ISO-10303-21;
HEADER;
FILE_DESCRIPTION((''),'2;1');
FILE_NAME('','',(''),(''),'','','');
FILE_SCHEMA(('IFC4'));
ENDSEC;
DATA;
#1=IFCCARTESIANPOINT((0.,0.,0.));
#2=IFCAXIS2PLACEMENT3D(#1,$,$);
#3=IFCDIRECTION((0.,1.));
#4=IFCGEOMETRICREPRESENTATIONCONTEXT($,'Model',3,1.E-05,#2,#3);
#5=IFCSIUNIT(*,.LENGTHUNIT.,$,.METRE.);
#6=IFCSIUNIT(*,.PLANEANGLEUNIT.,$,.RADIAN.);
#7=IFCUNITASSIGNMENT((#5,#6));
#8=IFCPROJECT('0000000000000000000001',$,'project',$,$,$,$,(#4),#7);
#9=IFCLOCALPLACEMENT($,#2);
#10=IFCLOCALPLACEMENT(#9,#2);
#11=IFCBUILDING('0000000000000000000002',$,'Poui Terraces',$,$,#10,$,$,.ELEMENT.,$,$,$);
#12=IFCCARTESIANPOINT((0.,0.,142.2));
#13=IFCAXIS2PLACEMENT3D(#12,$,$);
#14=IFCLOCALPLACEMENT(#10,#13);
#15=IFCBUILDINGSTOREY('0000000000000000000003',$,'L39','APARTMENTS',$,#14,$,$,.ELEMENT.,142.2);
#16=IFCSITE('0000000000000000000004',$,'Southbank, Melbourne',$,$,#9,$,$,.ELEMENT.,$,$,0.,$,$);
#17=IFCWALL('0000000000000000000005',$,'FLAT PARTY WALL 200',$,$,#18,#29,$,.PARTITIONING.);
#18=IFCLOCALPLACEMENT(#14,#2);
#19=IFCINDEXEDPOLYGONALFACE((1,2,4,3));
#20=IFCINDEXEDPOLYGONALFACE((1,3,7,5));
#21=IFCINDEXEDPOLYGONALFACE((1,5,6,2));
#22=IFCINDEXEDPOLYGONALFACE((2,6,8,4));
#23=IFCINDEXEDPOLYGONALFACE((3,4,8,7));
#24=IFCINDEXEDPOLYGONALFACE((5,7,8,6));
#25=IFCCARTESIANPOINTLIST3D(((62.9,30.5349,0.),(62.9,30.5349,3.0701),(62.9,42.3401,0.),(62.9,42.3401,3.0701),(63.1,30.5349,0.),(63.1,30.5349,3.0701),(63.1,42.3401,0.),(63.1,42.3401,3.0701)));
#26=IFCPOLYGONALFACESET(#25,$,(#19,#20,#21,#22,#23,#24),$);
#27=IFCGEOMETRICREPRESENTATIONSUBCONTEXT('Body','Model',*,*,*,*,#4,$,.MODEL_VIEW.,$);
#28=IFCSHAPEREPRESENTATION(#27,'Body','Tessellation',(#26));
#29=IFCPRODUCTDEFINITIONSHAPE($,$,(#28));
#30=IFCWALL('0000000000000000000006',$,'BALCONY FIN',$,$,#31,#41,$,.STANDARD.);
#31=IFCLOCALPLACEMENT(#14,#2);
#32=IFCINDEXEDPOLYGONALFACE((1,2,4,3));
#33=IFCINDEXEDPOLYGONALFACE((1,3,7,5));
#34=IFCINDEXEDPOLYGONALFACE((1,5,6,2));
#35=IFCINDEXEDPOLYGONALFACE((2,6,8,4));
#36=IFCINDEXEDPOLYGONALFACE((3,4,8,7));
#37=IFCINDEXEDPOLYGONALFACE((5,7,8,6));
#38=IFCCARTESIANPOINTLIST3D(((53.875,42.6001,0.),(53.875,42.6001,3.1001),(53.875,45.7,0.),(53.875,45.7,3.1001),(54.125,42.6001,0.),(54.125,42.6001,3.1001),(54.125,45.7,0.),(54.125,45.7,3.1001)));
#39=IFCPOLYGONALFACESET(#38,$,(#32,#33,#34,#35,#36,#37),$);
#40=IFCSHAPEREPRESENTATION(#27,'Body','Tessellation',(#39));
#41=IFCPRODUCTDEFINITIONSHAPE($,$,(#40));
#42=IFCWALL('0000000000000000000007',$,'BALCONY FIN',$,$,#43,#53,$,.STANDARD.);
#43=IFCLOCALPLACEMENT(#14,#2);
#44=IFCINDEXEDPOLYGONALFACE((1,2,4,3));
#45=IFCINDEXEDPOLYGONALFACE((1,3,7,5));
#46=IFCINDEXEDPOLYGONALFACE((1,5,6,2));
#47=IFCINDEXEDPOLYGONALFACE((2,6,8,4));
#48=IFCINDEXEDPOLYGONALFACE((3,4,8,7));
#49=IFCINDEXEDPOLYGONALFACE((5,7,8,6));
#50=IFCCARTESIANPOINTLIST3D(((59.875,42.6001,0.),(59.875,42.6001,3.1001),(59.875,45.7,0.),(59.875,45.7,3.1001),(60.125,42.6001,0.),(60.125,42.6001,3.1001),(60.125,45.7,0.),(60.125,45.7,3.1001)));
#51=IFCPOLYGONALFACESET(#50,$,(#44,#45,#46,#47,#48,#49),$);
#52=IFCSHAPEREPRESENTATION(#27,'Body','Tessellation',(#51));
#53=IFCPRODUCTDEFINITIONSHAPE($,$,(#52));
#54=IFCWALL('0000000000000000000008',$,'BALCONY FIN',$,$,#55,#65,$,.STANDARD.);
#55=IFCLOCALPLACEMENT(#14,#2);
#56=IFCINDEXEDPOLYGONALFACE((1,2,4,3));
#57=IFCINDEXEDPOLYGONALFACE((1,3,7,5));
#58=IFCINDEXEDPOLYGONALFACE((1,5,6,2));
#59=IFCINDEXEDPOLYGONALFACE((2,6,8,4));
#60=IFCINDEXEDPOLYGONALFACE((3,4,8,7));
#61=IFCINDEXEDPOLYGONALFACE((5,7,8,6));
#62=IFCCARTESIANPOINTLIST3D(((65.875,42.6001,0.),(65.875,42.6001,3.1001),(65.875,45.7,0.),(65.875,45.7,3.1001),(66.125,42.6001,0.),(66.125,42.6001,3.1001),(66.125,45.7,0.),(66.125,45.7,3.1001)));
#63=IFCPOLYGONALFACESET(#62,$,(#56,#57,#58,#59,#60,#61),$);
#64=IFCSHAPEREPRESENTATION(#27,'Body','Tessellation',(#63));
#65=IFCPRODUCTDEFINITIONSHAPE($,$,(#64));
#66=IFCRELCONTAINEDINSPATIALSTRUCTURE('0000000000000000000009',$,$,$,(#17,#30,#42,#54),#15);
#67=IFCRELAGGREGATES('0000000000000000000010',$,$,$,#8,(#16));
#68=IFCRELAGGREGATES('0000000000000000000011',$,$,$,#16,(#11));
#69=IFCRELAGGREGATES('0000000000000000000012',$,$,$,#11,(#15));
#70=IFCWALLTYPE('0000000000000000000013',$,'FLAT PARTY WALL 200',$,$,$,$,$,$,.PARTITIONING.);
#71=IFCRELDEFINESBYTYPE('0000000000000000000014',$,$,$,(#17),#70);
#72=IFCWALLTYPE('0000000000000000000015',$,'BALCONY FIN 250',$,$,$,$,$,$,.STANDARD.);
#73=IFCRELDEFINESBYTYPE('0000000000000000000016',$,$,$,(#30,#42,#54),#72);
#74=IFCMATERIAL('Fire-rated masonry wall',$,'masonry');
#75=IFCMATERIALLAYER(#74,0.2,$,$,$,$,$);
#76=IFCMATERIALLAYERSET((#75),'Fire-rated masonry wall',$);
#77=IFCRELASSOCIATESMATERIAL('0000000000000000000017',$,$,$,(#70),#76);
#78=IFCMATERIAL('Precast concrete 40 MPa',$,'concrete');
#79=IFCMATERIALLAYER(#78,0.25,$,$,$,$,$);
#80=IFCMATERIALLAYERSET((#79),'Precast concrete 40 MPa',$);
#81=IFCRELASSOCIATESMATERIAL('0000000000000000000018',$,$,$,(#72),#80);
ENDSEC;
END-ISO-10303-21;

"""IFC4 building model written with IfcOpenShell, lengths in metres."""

from ifc_helpers import new_model, si_unit, direction, frame, frame_2d, origin, place, context, subcontext, project, spatial, polyline, rectangle, outline, extrude, source, transform, mapped, material, layer, layer_set, type_object, element, save


model = new_model("IFC4")

# Units and contexts
model_context = context("Model", 3, precision=1e-05, world=origin(), true_north=direction((0.0, 1.0)))
body_context = subcontext(model_context, "Body", "Model", "MODEL_VIEW")
ifc_project = project(units=[si_unit("LENGTHUNIT", "METRE"), si_unit("PLANEANGLEUNIT", "RADIAN")], contexts=[model_context])

# Site, building, storey
site_placement = place(None, origin())
site = spatial("IfcSite", under=ifc_project, at=site_placement, Name="Southbank, Melbourne", CompositionType="ELEMENT", RefElevation=0.0)
building_placement = place(site_placement, origin())
building = spatial("IfcBuilding", under=site, at=building_placement, Name="Poui Terraces", CompositionType="ELEMENT")
storey_placement = place(building_placement, frame((0.0, 0.0, 142.2)))
storey = spatial("IfcBuildingStorey", under=building, at=storey_placement, Name="L39", Description="APARTMENTS", CompositionType="ELEMENT", Elevation=142.2)

# Walls
ifc_material_1 = material(Name="Fire-rated masonry wall", Category="masonry")
ifc_layer_1 = layer(ifc_material_1, 0.2)
ifc_layer_set_1 = layer_set([ifc_layer_1], Name="Fire-rated masonry wall")
wall_type_1 = type_object("IfcWallType", Name="FLAT PARTY WALL 200", PredefinedType="PARTITIONING", material=ifc_layer_set_1)
wall_1_placement = place(storey_placement, frame((63.0, 30.5349, 0.0), z_axis=(0.0, 0.0, 1.0), x_axis=(0.0, 1.0, 0.0)))
element("IfcWall", 1, at=wall_1_placement, inside=storey, type_object=wall_type_1, Name="FLAT PARTY WALL 200", PredefinedType="PARTITIONING", context=body_context, shape_type="SweptSolid", body=[
    extrude(rectangle(XDim=11.8052, YDim=0.2, at=frame_2d((5.9026, 0.0))), origin(), (0.0, 0.0, 1.0), 3.0701),
])
ifc_material_2 = material(Name="Precast concrete 40 MPa", Category="concrete")
ifc_layer_2 = layer(ifc_material_2, 0.25)
ifc_layer_set_2 = layer_set([ifc_layer_2], Name="Precast concrete 40 MPa")
wall_type_2 = type_object("IfcWallType", Name="BALCONY FIN 250", PredefinedType="STANDARD", material=ifc_layer_set_2)
shared_shape_1 = source(origin(), body_context, "Body", "SweptSolid", [
    extrude(outline(polyline([(0.0, 0.0), (0.25, 0.0), (0.25, 3.0999), (0.0, 3.0999), (0.0, 0.0)])), origin(), (0.0, 0.0, 1.0), 3.1001),
])
for number, where, name in (
    (2, (53.875, 42.6001, 0.0), "BALCONY FIN"),
    (3, (59.875, 42.6001, 0.0), "BALCONY FIN"),
    (4, (65.875, 42.6001, 0.0), "BALCONY FIN"),
):
    element("IfcWall", number, at=place(storey_placement, frame(where)), inside=storey, type_object=wall_type_2, Name=name, PredefinedType="STANDARD", context=body_context, shape_type="MappedRepresentation", body=[
        mapped(shared_shape_1, transform((0.0, 0.0, 0.0))),
    ])

save(model, "model.ifc")
